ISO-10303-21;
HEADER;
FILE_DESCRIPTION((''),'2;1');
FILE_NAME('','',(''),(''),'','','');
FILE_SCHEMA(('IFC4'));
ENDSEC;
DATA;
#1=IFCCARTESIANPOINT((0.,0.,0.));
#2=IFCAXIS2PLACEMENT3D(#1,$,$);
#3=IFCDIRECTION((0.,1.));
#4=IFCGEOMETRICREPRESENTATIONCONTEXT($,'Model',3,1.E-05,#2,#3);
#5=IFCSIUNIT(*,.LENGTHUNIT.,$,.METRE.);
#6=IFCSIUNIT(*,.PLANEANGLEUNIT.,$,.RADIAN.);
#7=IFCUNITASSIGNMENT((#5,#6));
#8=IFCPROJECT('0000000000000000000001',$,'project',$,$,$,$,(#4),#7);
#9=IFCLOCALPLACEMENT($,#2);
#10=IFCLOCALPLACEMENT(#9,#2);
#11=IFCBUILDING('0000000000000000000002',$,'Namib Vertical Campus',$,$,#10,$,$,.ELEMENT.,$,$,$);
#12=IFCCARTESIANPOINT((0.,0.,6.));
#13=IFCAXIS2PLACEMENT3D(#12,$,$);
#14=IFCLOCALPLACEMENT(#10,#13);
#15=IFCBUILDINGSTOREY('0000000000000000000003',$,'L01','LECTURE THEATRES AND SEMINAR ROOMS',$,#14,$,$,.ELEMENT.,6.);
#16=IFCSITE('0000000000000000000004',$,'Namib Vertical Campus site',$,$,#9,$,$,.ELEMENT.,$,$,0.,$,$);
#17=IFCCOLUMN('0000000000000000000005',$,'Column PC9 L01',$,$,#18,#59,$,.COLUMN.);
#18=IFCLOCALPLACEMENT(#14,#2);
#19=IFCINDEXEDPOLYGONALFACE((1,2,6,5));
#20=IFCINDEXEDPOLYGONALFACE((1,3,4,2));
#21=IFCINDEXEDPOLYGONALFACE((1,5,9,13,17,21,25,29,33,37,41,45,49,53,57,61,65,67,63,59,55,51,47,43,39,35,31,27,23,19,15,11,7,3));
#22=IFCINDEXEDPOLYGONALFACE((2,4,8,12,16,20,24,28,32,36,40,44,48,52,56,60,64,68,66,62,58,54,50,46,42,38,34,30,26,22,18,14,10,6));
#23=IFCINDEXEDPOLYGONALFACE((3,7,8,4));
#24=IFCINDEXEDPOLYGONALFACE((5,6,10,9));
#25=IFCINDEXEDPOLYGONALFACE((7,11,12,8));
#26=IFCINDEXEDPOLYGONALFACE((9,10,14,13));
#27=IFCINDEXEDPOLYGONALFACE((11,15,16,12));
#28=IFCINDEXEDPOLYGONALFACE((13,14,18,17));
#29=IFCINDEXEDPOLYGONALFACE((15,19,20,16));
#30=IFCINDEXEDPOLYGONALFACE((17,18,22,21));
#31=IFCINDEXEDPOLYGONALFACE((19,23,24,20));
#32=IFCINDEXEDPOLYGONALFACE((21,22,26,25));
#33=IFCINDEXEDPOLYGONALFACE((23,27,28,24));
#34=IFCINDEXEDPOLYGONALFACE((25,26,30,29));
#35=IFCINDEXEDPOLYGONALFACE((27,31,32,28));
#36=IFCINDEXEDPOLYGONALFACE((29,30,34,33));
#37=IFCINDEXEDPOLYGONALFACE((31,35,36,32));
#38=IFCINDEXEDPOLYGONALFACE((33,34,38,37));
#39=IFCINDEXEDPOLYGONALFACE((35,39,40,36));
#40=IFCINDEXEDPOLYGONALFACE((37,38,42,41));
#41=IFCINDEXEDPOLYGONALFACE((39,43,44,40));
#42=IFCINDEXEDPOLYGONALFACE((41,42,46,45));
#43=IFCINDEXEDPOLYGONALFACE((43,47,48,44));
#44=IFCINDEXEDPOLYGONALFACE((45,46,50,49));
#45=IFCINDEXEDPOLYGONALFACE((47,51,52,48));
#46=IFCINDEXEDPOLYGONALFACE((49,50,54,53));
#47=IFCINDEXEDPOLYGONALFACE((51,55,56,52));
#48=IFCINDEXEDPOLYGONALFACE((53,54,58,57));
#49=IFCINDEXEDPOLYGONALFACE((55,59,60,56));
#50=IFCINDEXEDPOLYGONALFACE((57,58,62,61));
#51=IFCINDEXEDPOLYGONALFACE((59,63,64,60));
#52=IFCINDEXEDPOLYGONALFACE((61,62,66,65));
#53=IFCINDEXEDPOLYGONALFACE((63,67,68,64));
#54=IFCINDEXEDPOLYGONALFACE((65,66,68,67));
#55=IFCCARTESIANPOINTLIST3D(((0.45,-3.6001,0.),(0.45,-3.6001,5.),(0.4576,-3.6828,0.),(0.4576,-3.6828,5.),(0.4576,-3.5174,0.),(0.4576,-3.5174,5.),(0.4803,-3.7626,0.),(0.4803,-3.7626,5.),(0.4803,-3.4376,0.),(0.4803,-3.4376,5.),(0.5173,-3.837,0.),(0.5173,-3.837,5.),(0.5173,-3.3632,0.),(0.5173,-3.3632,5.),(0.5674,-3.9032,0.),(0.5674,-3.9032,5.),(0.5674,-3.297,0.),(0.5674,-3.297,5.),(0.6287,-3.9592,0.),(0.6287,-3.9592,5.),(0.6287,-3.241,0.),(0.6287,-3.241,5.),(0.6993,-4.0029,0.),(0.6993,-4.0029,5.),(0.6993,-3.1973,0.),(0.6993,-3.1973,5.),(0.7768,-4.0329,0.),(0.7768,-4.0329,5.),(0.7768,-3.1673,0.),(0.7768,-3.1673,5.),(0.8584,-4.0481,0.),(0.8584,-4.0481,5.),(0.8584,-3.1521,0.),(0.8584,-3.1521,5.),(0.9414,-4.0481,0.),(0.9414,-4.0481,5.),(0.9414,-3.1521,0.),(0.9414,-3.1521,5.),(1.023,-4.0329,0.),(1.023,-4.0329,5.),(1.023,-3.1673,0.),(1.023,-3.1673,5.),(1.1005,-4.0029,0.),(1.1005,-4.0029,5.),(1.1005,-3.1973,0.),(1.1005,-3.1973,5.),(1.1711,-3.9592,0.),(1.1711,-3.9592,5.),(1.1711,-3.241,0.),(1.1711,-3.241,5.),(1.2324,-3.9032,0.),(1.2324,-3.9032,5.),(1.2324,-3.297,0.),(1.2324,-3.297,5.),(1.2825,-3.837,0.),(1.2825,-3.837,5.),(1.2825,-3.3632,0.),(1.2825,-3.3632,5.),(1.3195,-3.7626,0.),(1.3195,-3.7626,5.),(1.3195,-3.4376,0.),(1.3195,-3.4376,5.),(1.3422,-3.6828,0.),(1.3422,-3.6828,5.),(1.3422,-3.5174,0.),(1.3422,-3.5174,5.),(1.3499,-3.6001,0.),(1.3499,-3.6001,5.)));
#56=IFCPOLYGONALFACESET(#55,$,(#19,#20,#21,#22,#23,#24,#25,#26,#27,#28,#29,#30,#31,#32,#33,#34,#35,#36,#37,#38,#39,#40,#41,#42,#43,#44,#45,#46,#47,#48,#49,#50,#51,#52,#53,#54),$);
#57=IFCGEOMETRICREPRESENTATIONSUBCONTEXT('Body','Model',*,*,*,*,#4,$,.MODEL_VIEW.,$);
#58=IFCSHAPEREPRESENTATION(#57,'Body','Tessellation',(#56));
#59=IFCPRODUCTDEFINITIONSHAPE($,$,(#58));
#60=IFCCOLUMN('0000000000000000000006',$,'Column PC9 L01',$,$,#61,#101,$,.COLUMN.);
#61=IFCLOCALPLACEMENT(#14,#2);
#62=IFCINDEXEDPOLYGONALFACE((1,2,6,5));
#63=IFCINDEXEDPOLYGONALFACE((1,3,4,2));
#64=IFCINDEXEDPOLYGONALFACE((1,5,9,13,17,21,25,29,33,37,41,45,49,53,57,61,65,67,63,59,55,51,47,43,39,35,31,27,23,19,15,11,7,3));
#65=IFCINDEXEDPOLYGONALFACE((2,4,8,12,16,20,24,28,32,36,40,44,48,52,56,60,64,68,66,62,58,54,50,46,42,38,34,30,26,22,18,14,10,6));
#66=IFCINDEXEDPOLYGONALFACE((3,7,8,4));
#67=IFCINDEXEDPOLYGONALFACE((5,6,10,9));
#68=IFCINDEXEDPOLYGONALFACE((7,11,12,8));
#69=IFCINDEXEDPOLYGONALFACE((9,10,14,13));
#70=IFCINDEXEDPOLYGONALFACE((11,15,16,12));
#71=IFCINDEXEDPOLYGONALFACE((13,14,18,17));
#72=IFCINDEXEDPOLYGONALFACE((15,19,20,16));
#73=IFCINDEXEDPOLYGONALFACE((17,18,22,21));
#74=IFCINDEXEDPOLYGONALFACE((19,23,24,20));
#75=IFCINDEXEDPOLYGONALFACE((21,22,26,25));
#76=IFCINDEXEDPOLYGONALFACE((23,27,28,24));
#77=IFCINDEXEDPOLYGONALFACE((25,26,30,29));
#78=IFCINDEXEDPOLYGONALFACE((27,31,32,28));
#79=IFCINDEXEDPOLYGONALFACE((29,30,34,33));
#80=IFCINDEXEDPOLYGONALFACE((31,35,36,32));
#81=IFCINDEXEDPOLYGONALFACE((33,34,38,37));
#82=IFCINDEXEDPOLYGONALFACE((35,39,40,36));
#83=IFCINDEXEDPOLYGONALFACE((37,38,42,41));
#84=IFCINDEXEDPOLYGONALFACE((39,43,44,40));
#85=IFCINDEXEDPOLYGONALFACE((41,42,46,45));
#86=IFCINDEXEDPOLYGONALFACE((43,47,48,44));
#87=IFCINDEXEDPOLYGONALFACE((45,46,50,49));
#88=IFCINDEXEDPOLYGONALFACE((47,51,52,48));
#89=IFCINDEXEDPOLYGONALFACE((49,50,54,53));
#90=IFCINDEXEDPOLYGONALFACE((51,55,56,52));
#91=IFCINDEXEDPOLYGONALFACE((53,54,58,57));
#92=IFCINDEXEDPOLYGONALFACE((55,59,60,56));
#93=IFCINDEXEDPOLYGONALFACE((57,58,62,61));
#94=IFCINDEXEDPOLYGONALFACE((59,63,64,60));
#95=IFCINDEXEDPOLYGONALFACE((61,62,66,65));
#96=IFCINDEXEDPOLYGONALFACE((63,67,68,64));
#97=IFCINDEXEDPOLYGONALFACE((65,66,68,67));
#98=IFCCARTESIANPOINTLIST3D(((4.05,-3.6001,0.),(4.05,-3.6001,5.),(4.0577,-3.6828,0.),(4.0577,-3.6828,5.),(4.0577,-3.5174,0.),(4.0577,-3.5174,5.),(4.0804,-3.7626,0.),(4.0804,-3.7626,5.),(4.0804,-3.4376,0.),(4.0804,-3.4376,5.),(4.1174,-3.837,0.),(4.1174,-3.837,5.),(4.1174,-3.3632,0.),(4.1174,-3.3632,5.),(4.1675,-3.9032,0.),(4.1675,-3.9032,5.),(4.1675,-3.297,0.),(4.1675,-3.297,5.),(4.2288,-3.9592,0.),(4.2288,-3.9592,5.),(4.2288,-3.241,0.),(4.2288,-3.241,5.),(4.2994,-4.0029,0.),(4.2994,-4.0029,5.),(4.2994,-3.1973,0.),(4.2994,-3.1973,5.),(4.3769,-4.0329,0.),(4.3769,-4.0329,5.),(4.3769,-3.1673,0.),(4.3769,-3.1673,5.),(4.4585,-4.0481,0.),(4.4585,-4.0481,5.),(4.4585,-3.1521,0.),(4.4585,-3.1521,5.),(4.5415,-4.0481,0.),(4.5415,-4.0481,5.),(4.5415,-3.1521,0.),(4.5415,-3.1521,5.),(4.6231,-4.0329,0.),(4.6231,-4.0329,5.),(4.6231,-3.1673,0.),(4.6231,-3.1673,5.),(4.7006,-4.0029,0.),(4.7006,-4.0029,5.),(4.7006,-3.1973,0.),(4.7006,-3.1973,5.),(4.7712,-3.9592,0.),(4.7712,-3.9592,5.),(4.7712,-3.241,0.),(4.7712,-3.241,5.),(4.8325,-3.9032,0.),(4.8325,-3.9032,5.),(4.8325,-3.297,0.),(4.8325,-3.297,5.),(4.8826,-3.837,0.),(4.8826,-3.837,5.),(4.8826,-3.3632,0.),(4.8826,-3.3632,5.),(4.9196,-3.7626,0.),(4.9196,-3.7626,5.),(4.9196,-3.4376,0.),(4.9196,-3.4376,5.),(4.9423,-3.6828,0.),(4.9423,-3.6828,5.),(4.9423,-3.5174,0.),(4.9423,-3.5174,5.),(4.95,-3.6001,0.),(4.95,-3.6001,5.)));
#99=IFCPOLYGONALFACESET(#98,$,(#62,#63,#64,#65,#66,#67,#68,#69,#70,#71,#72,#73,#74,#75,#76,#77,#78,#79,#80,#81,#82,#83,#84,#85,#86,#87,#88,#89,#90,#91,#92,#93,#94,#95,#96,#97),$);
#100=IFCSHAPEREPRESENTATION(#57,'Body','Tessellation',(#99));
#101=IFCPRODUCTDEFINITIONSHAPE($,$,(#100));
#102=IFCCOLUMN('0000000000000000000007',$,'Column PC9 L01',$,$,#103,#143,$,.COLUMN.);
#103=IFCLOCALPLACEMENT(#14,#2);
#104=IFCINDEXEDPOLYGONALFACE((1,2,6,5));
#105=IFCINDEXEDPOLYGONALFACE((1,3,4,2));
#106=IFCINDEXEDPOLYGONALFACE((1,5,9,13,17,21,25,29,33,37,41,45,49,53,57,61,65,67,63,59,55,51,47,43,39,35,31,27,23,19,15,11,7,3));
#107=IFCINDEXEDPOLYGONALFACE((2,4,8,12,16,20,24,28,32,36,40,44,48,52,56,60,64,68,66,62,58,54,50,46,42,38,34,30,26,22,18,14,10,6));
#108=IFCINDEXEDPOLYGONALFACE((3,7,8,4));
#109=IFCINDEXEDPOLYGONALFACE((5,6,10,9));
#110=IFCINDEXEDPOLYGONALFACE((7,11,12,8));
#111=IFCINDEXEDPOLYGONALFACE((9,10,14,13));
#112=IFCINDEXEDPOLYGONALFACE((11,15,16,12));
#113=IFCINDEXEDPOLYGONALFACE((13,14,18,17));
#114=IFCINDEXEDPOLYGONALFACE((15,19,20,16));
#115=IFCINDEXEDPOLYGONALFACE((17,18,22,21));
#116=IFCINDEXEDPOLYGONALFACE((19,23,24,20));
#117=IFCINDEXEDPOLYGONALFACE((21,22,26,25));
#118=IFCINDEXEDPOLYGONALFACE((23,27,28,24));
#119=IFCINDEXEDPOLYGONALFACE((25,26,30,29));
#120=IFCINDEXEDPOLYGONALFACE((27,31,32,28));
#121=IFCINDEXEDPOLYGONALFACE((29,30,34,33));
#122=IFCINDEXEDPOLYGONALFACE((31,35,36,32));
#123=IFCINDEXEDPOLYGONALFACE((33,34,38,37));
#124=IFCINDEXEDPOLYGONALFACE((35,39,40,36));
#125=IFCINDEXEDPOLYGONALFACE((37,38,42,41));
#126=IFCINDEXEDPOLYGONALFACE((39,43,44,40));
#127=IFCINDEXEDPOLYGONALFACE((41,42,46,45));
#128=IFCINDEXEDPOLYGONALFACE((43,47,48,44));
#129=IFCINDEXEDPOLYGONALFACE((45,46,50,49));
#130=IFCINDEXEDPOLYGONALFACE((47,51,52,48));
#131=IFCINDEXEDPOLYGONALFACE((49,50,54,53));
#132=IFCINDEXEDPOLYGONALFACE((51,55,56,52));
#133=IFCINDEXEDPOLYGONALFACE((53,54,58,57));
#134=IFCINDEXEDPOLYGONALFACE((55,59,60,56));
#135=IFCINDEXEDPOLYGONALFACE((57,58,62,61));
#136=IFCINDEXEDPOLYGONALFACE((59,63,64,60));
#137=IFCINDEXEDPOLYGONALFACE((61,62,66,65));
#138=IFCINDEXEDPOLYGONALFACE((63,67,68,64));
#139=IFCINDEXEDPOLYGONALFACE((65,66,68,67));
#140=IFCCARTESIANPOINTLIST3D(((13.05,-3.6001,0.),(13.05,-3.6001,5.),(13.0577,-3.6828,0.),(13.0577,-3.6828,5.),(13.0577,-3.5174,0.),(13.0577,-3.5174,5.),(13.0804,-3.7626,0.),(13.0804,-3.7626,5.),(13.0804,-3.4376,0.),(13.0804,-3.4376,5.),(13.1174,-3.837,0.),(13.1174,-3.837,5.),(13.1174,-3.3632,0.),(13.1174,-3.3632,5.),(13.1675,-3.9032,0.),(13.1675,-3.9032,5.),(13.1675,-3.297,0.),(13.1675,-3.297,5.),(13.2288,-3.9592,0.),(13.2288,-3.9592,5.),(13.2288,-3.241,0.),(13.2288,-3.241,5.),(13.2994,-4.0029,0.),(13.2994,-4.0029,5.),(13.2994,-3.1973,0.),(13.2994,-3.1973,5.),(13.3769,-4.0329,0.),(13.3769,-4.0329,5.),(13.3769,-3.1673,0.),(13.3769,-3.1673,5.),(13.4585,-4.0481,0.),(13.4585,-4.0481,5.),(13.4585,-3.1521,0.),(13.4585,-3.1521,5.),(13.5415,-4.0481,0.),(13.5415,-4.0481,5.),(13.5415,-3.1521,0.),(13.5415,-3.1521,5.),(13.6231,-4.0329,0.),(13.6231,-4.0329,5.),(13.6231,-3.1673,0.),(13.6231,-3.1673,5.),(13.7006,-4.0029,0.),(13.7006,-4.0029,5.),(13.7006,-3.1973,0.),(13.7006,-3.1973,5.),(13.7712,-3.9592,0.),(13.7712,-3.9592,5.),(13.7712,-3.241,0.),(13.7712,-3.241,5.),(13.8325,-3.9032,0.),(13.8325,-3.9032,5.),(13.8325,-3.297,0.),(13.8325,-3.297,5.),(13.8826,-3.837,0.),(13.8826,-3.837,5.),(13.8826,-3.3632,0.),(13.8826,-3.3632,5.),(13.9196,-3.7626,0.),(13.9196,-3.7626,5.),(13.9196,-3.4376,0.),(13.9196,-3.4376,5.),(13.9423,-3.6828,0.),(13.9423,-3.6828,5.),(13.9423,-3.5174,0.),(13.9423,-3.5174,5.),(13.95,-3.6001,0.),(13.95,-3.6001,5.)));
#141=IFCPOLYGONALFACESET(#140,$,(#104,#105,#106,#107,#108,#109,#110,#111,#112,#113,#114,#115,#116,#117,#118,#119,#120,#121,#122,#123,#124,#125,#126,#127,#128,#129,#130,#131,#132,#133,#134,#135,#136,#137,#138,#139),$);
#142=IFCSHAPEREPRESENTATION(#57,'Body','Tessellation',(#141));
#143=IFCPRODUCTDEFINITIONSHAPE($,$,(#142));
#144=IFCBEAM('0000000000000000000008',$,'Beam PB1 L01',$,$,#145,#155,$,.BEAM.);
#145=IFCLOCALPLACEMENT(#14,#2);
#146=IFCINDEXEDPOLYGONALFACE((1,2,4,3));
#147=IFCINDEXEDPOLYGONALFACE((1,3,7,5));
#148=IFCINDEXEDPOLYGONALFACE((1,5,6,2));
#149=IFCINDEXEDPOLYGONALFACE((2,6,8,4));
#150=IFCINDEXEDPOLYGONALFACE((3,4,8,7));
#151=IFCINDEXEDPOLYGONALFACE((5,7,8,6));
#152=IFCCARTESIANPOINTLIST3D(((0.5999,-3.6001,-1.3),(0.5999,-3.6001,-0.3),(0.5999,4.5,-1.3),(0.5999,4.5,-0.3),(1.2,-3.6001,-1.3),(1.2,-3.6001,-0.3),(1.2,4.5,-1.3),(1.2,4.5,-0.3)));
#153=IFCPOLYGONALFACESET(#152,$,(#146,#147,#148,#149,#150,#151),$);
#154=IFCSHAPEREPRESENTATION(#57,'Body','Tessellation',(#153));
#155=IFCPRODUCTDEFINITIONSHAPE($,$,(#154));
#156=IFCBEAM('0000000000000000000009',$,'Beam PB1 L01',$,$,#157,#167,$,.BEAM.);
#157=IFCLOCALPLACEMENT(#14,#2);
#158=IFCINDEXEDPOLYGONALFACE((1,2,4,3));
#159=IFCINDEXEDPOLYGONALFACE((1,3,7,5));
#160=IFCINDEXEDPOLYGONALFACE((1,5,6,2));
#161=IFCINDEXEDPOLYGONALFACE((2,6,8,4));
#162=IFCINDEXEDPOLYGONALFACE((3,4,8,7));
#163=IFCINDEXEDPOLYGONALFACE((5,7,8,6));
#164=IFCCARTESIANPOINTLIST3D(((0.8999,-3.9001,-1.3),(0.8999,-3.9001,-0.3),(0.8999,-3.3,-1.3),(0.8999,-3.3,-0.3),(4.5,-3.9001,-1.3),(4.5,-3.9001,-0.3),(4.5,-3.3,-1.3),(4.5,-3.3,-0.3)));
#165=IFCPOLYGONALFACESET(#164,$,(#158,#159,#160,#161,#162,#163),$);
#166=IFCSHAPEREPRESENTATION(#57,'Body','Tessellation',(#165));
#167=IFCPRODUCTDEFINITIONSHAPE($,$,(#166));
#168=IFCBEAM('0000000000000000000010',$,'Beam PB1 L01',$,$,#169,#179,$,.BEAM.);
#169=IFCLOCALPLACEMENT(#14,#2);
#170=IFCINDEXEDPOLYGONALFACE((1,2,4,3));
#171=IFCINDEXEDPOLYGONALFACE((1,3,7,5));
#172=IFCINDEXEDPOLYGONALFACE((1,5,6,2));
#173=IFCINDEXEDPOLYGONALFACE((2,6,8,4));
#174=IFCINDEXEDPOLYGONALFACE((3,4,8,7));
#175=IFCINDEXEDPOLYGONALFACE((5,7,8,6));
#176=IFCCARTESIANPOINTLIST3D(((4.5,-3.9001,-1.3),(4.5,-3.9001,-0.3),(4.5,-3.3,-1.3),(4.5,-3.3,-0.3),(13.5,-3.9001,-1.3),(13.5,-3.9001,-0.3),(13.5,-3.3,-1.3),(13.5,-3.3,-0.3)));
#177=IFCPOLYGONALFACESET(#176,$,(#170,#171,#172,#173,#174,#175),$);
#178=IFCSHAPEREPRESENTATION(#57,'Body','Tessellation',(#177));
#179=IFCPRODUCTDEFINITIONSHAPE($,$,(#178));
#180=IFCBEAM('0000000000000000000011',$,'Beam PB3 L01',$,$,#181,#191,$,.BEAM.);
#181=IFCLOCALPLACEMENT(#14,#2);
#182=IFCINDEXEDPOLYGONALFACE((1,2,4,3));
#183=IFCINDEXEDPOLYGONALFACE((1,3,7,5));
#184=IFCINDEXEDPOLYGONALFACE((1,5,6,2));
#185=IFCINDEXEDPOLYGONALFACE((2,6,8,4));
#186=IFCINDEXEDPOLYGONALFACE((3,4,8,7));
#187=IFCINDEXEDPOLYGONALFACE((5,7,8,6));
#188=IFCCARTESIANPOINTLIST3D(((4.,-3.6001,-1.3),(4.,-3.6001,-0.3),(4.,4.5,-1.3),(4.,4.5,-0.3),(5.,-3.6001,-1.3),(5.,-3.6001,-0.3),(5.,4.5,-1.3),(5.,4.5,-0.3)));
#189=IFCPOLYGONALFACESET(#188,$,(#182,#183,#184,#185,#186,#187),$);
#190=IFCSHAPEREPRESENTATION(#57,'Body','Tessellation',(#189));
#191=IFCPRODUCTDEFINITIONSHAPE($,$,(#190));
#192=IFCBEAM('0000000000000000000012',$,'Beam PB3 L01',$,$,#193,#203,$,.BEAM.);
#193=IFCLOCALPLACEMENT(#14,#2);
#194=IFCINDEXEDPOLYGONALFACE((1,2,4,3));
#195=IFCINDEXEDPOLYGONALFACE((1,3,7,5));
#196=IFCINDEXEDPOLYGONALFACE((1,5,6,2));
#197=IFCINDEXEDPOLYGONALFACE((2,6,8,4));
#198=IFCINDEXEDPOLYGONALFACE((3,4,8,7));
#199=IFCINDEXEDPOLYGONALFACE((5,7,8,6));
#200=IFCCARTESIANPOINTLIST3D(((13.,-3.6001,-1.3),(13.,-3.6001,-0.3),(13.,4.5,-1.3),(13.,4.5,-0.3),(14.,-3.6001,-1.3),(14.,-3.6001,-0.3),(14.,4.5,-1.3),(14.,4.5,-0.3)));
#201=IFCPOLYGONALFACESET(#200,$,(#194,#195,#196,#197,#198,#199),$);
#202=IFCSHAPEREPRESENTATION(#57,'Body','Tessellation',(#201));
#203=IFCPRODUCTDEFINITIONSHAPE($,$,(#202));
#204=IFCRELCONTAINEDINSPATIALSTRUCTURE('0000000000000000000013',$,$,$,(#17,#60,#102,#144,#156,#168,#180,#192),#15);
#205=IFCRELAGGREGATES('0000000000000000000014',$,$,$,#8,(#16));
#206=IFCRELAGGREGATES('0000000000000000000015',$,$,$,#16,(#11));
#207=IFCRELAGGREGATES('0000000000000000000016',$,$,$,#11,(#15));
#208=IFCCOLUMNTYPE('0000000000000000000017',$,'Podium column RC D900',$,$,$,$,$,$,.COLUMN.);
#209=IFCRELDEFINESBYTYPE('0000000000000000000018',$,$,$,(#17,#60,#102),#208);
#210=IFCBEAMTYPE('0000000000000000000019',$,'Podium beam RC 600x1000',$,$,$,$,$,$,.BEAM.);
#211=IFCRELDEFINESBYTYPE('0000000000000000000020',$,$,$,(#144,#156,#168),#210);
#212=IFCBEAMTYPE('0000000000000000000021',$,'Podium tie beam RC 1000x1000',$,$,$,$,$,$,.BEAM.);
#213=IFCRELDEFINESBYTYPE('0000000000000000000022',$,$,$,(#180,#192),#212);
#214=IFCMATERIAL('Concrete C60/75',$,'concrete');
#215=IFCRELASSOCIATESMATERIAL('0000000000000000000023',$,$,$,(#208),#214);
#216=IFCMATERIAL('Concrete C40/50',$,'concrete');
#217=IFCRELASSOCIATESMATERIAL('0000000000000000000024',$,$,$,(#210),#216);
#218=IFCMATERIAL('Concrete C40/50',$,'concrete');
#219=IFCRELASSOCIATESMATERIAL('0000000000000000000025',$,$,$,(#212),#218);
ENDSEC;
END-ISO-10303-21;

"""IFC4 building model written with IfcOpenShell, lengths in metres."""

from ifc_helpers import new_model, si_unit, direction, frame, origin, origin_2d, place, context, subcontext, project, spatial, rectangle, circle, extrude, material, material_profile, profile_set, type_object, element, save


model = new_model("IFC4")

# Units and contexts
model_context = context("Model", 3, precision=1e-05, world=origin(), true_north=direction((0.0, 1.0)))
body_context = subcontext(model_context, "Body", "Model", "MODEL_VIEW")
ifc_project = project(units=[si_unit("LENGTHUNIT", "METRE"), si_unit("PLANEANGLEUNIT", "RADIAN")], contexts=[model_context])

# Site, building, storey
site_placement = place(None, origin())
site = spatial("IfcSite", under=ifc_project, at=site_placement, Name="Namib Vertical Campus site", CompositionType="ELEMENT", RefElevation=0.0)
building_placement = place(site_placement, origin())
building = spatial("IfcBuilding", under=site, at=building_placement, Name="Namib Vertical Campus", CompositionType="ELEMENT")
storey_placement = place(building_placement, frame((0.0, 0.0, 6.0)))
storey = spatial("IfcBuildingStorey", under=building, at=storey_placement, Name="L01", Description="LECTURE THEATRES AND SEMINAR ROOMS", CompositionType="ELEMENT", Elevation=6.0)

# Columns
ifc_material_1 = material(Name="Concrete C60/75", Category="concrete")
ifc_material_profile_1 = material_profile(ifc_material_1, circle(Radius=0.45, at=origin_2d()))
ifc_profile_set_1 = profile_set([ifc_material_profile_1], Name="Concrete C60/75")
column_type = type_object("IfcColumnType", Name="Podium column RC D900", PredefinedType="COLUMN", material=ifc_profile_set_1)
for number, where, z_axis, x_axis, name in (
    (1, (0.8999, -3.6001, 0.0), (0.0, 0.0, 1.0), (1.0, 0.0, 0.0), "Column PC9 L01"),
    (2, (4.5, -3.6001, 0.0), (0.0, 0.0, 1.0), (1.0, 0.0, 0.0), "Column PC9 L01"),
    (3, (13.5, -3.6001, 0.0), (0.0, 0.0, 1.0), (1.0, 0.0, 0.0), "Column PC9 L01"),
):
    element("IfcColumn", number, at=place(storey_placement, frame(where, z_axis=z_axis, x_axis=x_axis)), inside=storey, type_object=column_type, Name=name, PredefinedType="COLUMN", context=body_context, shape_type="SweptSolid", body=[
        extrude(circle(Radius=0.45, at=origin_2d()), origin(), (0.0, 0.0, 1.0), 5.0),
    ])

# Beams
ifc_material_2 = material(Name="Concrete C40/50", Category="concrete")
ifc_material_profile_2 = material_profile(ifc_material_2, rectangle(XDim=0.6001, YDim=1.0, at=origin_2d()))
ifc_profile_set_2 = profile_set([ifc_material_profile_2], Name="Concrete C40/50")
beam_type_1 = type_object("IfcBeamType", Name="Podium beam RC 600x1000", PredefinedType="BEAM", material=ifc_profile_set_2)
beam_1_placement = place(storey_placement, frame((0.8999, -3.6001, -0.8), z_axis=(0.0, 1.0, 0.0), x_axis=(-1.0, 0.0, 0.0)))
element("IfcBeam", 4, at=beam_1_placement, inside=storey, type_object=beam_type_1, Name="Beam PB1 L01", PredefinedType="BEAM", context=body_context, shape_type="SweptSolid", body=[
    extrude(rectangle(XDim=0.6001, YDim=1.0, at=origin_2d()), origin(), (0.0, 0.0, 1.0), 8.1001),
])
beam_2_placement = place(storey_placement, frame((0.8999, -3.6001, -0.8), z_axis=(1.0, 0.0, 0.0), x_axis=(0.0, 1.0, 0.0)))
element("IfcBeam", 5, at=beam_2_placement, inside=storey, type_object=beam_type_1, Name="Beam PB1 L01", PredefinedType="BEAM", context=body_context, shape_type="SweptSolid", body=[
    extrude(rectangle(XDim=0.6001, YDim=1.0, at=origin_2d()), origin(), (0.0, 0.0, 1.0), 3.6001),
])
beam_3_placement = place(storey_placement, frame((4.5, -3.6001, -0.8), z_axis=(1.0, 0.0, 0.0), x_axis=(0.0, 1.0, 0.0)))
element("IfcBeam", 6, at=beam_3_placement, inside=storey, type_object=beam_type_1, Name="Beam PB1 L01", PredefinedType="BEAM", context=body_context, shape_type="SweptSolid", body=[
    extrude(rectangle(XDim=0.6001, YDim=1.0, at=origin_2d()), origin(), (0.0, 0.0, 1.0), 9.0),
])
ifc_material_3 = material(Name="Concrete C40/50", Category="concrete")
ifc_material_profile_3 = material_profile(ifc_material_3, rectangle(XDim=1.0, YDim=1.0, at=origin_2d()))
ifc_profile_set_3 = profile_set([ifc_material_profile_3], Name="Concrete C40/50")
beam_type_2 = type_object("IfcBeamType", Name="Podium tie beam RC 1000x1000", PredefinedType="BEAM", material=ifc_profile_set_3)
for number, where, z_axis, x_axis, name in (
    (7, (4.5, -3.6001, -0.8), (0.0, 1.0, 0.0), (-1.0, 0.0, 0.0), "Beam PB3 L01"),
    (8, (13.5, -3.6001, -0.8), (0.0, 1.0, 0.0), (-1.0, 0.0, 0.0), "Beam PB3 L01"),
):
    element("IfcBeam", number, at=place(storey_placement, frame(where, z_axis=z_axis, x_axis=x_axis)), inside=storey, type_object=beam_type_2, Name=name, PredefinedType="BEAM", context=body_context, shape_type="SweptSolid", body=[
        extrude(rectangle(XDim=1.0, YDim=1.0, at=origin_2d()), origin(), (0.0, 0.0, 1.0), 8.1001),
    ])

save(model, "model.ifc")
